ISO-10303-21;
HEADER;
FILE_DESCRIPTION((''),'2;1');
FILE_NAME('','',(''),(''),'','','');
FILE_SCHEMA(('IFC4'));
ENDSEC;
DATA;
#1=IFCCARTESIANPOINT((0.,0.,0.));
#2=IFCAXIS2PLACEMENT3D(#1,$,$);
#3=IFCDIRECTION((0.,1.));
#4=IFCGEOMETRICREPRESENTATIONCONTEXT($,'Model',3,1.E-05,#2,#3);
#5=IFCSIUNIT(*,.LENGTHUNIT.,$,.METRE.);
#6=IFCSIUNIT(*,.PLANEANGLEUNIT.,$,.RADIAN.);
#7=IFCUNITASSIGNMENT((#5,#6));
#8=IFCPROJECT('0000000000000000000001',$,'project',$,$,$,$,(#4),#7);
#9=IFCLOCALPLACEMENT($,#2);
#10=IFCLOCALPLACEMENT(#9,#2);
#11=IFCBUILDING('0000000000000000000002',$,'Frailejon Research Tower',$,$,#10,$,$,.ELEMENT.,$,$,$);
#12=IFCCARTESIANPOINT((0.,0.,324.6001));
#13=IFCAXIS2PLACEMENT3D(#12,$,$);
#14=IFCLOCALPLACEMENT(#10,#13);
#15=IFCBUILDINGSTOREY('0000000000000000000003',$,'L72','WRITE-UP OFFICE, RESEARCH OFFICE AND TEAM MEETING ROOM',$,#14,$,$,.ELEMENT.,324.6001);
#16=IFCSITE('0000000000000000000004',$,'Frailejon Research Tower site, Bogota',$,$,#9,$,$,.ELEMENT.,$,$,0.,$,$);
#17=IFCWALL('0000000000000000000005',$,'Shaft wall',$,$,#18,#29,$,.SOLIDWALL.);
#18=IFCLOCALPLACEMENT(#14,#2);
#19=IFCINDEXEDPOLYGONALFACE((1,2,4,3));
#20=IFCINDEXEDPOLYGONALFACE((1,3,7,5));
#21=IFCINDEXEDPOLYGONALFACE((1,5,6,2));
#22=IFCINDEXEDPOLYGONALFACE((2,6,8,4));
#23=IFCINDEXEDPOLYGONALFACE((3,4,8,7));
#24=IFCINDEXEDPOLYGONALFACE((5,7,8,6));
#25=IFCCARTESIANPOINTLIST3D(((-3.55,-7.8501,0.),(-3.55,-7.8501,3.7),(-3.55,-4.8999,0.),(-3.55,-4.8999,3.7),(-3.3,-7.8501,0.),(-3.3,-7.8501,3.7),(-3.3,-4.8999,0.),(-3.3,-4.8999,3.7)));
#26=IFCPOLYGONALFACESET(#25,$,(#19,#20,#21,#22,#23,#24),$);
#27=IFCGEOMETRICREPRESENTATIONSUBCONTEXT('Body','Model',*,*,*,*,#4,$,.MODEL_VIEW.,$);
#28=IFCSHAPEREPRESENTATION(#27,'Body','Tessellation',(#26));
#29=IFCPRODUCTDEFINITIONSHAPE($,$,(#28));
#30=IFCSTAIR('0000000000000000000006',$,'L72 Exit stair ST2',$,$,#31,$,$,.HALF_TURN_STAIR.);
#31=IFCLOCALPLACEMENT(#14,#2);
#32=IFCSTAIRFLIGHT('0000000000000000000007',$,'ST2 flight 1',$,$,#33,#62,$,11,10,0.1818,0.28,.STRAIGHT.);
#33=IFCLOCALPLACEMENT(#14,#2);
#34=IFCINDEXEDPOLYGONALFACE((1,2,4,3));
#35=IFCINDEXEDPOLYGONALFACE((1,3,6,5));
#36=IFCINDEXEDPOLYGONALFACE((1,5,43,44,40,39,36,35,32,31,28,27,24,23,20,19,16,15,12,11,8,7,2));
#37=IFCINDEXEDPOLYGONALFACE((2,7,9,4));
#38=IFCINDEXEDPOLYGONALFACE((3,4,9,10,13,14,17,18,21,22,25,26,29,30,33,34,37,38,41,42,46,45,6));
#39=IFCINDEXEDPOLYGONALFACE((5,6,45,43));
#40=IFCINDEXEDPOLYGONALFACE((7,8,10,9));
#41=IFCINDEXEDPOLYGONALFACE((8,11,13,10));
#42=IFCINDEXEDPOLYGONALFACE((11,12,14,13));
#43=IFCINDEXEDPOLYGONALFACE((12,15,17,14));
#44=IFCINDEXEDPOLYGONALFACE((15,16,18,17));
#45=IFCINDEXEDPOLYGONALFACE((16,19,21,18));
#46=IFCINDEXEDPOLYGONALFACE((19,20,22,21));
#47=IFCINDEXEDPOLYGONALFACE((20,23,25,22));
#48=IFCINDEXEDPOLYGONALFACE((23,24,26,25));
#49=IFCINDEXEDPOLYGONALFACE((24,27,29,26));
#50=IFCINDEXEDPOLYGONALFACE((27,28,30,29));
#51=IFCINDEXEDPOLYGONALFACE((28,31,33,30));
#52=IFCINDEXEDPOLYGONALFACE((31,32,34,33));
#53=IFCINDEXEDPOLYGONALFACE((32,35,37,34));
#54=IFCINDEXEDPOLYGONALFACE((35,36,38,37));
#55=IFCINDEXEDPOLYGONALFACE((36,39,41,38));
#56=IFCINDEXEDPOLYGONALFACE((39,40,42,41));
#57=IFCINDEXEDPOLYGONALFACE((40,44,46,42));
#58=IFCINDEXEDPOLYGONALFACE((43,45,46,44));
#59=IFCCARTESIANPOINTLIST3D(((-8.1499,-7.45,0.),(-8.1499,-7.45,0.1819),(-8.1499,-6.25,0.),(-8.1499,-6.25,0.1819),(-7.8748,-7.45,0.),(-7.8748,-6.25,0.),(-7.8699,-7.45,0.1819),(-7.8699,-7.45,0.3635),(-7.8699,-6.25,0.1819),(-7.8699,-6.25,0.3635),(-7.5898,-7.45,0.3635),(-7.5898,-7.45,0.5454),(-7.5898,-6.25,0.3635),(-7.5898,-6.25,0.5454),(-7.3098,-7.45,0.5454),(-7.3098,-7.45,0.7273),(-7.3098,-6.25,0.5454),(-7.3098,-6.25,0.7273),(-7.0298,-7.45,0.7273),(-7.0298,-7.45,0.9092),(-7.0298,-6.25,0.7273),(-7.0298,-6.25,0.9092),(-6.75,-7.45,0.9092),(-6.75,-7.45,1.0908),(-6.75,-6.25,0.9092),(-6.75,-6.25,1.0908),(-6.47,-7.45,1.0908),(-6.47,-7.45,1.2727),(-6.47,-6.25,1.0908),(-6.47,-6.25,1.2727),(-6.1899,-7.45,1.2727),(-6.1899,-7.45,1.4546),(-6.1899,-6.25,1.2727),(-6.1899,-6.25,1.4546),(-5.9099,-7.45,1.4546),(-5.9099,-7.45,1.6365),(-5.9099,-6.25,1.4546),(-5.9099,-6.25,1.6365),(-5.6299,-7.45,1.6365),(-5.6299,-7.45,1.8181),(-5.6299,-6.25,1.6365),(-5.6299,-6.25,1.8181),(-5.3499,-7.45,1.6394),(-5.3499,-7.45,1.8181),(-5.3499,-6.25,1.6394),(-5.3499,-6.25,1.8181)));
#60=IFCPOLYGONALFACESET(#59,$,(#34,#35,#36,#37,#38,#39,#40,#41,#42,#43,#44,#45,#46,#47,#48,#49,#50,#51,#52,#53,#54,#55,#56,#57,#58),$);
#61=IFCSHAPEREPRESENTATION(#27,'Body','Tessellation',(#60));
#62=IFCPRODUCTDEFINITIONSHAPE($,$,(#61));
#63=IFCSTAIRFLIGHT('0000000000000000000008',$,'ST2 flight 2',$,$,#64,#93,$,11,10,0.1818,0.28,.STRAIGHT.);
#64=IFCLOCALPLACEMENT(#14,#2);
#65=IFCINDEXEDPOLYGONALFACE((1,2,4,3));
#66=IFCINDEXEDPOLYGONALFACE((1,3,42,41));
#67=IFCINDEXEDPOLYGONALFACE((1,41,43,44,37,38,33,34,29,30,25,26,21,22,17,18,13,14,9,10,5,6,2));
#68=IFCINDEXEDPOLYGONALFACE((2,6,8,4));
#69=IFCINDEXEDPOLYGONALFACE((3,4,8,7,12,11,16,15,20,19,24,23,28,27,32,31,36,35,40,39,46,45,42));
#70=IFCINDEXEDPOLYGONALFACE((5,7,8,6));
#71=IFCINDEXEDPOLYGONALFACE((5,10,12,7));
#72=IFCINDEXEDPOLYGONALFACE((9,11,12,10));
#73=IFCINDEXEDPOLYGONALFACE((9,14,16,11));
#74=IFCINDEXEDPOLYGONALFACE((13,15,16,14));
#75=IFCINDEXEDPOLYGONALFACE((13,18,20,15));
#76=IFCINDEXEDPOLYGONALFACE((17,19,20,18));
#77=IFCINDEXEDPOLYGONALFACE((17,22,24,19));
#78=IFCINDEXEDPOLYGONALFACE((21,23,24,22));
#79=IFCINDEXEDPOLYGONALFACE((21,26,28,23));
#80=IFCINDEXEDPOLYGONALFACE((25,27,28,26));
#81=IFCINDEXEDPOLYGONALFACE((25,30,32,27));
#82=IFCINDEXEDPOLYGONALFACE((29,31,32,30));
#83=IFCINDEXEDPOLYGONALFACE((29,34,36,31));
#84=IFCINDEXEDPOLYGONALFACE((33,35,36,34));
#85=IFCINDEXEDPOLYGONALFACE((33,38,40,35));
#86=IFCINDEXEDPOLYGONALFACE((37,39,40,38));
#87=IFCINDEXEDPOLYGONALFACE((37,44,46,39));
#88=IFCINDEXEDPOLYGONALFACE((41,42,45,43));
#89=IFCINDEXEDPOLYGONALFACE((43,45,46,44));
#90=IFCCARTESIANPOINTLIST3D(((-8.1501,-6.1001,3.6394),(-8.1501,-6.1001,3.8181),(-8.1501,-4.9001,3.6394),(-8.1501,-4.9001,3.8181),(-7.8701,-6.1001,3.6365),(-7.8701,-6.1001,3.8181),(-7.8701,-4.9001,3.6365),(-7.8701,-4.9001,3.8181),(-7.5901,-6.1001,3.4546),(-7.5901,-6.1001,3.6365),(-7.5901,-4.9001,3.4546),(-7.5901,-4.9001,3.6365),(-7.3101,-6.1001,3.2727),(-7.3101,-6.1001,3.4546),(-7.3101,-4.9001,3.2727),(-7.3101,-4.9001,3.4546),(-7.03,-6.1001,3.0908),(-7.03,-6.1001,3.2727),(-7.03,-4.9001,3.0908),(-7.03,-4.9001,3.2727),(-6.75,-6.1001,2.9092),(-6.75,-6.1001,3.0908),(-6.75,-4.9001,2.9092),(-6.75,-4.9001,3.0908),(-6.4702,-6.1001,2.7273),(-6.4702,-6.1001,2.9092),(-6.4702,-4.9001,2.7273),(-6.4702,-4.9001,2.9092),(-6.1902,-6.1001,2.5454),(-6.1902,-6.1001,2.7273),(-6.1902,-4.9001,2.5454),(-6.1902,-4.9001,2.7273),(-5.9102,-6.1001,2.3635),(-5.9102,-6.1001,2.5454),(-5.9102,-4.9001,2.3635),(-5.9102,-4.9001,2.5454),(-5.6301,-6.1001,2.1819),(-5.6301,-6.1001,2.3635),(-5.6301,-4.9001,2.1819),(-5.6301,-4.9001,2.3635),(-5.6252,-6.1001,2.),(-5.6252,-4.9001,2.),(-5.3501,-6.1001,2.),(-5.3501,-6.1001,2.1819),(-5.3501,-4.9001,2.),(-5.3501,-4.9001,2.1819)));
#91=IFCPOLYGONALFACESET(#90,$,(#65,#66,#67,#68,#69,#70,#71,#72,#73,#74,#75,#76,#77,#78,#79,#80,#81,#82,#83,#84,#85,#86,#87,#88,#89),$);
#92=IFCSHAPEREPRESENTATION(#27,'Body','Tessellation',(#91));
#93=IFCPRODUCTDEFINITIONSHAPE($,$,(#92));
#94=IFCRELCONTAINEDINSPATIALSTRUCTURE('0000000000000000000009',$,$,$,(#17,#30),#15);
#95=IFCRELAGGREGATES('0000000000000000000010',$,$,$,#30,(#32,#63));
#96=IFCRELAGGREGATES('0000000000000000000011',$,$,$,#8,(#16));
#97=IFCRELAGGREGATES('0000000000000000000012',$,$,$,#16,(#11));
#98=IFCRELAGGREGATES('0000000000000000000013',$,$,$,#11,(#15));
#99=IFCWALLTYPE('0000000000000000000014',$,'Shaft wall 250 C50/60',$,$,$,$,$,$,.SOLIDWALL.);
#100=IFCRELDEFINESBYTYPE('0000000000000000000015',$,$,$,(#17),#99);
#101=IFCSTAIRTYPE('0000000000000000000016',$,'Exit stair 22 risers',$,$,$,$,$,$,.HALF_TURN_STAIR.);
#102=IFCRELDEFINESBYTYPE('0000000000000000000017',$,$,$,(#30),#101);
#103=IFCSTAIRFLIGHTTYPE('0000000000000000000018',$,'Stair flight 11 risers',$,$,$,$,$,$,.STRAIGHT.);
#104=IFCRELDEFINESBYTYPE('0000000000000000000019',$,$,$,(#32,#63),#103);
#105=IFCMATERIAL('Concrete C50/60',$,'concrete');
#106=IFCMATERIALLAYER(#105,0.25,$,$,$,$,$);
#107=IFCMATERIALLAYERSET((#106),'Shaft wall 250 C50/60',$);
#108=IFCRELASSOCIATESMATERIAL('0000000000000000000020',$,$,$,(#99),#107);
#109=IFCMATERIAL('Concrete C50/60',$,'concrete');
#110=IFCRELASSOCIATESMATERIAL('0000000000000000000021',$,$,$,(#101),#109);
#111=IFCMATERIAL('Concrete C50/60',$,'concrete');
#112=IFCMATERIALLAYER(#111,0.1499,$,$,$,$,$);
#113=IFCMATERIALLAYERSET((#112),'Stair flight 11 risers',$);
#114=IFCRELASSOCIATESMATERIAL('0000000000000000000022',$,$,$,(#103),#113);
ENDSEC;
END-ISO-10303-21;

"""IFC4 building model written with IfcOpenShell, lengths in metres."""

from ifc_helpers import new_model, si_unit, direction, frame, frame_2d, origin, place, context, subcontext, project, spatial, polyline, rectangle, outline, extrude, material, layer, layer_set, type_object, element, aggregate, save


model = new_model("IFC4")

# Units and contexts
model_context = context("Model", 3, precision=1e-05, world=origin(), true_north=direction((0.0, 1.0)))
body_context = subcontext(model_context, "Body", "Model", "MODEL_VIEW")
ifc_project = project(units=[si_unit("LENGTHUNIT", "METRE"), si_unit("PLANEANGLEUNIT", "RADIAN")], contexts=[model_context])

# Site, building, storey
site_placement = place(None, origin())
site = spatial("IfcSite", under=ifc_project, at=site_placement, Name="Frailejon Research Tower site, Bogota", CompositionType="ELEMENT", RefElevation=0.0)
building_placement = place(site_placement, origin())
building = spatial("IfcBuilding", under=site, at=building_placement, Name="Frailejon Research Tower", CompositionType="ELEMENT")
storey_placement = place(building_placement, frame((0.0, 0.0, 324.6001)))
storey = spatial("IfcBuildingStorey", under=building, at=storey_placement, Name="L72", Description="WRITE-UP OFFICE, RESEARCH OFFICE AND TEAM MEETING ROOM", CompositionType="ELEMENT", Elevation=324.6001)

# Shared definitions
ifc_material_1 = material(Name="Concrete C50/60", Category="concrete")
ifc_layer_1 = layer(ifc_material_1, 0.25)
ifc_layer_set_1 = layer_set([ifc_layer_1], Name="Shaft wall 250 C50/60")
wall_type_1 = type_object("IfcWallType", Name="Shaft wall 250 C50/60", PredefinedType="SOLIDWALL", material=ifc_layer_set_1)

# Wall
wall_1_placement = place(storey_placement, frame((-3.425, -7.8501, 0.0), z_axis=(0.0, 0.0, 1.0), x_axis=(0.0, 1.0, 0.0)))
element("IfcWall", 1, at=wall_1_placement, inside=storey, type_object=wall_type_1, Name="Shaft wall", PredefinedType="SOLIDWALL", context=body_context, shape_type="SweptSolid", body=[
    extrude(rectangle(XDim=2.9502, YDim=0.25, at=frame_2d((1.4751, 0.0))), origin(), (0.0, 0.0, 1.0), 3.7),
])

# Stair, stair flights
ifc_material_2 = material(Name="Concrete C50/60", Category="concrete")
stair_type = type_object("IfcStairType", Name="Exit stair 22 risers", PredefinedType="HALF_TURN_STAIR", material=ifc_material_2)
stair_placement = place(storey_placement, origin())
stair = element("IfcStair", 2, at=stair_placement, inside=storey, type_object=stair_type, Name="L72 Exit stair ST2", PredefinedType="HALF_TURN_STAIR")
ifc_material_3 = material(Name="Concrete C50/60", Category="concrete")
ifc_layer_2 = layer(ifc_material_3, 0.1499)
ifc_layer_set_2 = layer_set([ifc_layer_2], Name="Stair flight 11 risers")
stair_flight_type = type_object("IfcStairFlightType", Name="Stair flight 11 risers", PredefinedType="STRAIGHT", material=ifc_layer_set_2)
stair_flight_1_placement = place(storey_placement, frame((-8.1499, -6.8501, 0.0), z_axis=(0.0, 0.0, 1.0), x_axis=(1.0, 0.0, 0.0)))
stair_flight_1 = element("IfcStairFlight", 3, at=stair_flight_1_placement, type_object=stair_flight_type, Name="ST2 flight 1", NumberOfRisers=11, NumberOfTreads=10, PredefinedType="STRAIGHT", RiserHeight=0.1818, TreadLength=0.28, context=body_context, shape_type="SweptSolid", body=[
    extrude(outline(polyline([(0.0, 0.0), (0.0, 0.1819), (0.28, 0.1819), (0.28, 0.3635), (0.5601, 0.3635), (0.5601, 0.5454), (0.8401, 0.5454), (0.8401, 0.7273), (1.1201, 0.7273), (1.1201, 0.9092), (1.3999, 0.9092), (1.3999, 1.0908), (1.6799, 1.0908), (1.6799, 1.2727), (1.96, 1.2727), (1.96, 1.4546), (2.24, 1.4546), (2.24, 1.6365), (2.52, 1.6365), (2.52, 1.8181), (2.8, 1.8181), (2.8, 2.0), (2.8, 1.6394), (0.2751, 0.0), (0.0, 0.0)])), frame((0.0, 0.6001, 0.0), z_axis=(0.0, -1.0, 0.0), x_axis=(1.0, 0.0, 0.0)), (0.0, 0.0, 1.0), 1.2),
])
stair_flight_2_placement = place(storey_placement, frame((-5.3501, -5.5, 2.0), z_axis=(0.0, 0.0, 1.0), x_axis=(-1.0, 0.0, 0.0)))
stair_flight_2 = element("IfcStairFlight", 4, at=stair_flight_2_placement, type_object=stair_flight_type, Name="ST2 flight 2", NumberOfRisers=11, NumberOfTreads=10, PredefinedType="STRAIGHT", RiserHeight=0.1818, TreadLength=0.28, context=body_context, shape_type="SweptSolid", body=[
    extrude(outline(polyline([(0.0, 0.0), (0.0, 0.1819), (0.28, 0.1819), (0.28, 0.3635), (0.5601, 0.3635), (0.5601, 0.5454), (0.8401, 0.5454), (0.8401, 0.7273), (1.1201, 0.7273), (1.1201, 0.9092), (1.3999, 0.9092), (1.3999, 1.0908), (1.6799, 1.0908), (1.6799, 1.2727), (1.96, 1.2727), (1.96, 1.4546), (2.24, 1.4546), (2.24, 1.6365), (2.52, 1.6365), (2.52, 1.8181), (2.8, 1.8181), (2.8, 2.0), (2.8, 1.6394), (0.2751, 0.0), (0.0, 0.0)])), frame((0.0, 0.6001, 0.0), z_axis=(0.0, -1.0, 0.0), x_axis=(1.0, 0.0, 0.0)), (0.0, 0.0, 1.0), 1.2),
])
aggregate(stair, [stair_flight_1, stair_flight_2])

save(model, "model.ifc")
